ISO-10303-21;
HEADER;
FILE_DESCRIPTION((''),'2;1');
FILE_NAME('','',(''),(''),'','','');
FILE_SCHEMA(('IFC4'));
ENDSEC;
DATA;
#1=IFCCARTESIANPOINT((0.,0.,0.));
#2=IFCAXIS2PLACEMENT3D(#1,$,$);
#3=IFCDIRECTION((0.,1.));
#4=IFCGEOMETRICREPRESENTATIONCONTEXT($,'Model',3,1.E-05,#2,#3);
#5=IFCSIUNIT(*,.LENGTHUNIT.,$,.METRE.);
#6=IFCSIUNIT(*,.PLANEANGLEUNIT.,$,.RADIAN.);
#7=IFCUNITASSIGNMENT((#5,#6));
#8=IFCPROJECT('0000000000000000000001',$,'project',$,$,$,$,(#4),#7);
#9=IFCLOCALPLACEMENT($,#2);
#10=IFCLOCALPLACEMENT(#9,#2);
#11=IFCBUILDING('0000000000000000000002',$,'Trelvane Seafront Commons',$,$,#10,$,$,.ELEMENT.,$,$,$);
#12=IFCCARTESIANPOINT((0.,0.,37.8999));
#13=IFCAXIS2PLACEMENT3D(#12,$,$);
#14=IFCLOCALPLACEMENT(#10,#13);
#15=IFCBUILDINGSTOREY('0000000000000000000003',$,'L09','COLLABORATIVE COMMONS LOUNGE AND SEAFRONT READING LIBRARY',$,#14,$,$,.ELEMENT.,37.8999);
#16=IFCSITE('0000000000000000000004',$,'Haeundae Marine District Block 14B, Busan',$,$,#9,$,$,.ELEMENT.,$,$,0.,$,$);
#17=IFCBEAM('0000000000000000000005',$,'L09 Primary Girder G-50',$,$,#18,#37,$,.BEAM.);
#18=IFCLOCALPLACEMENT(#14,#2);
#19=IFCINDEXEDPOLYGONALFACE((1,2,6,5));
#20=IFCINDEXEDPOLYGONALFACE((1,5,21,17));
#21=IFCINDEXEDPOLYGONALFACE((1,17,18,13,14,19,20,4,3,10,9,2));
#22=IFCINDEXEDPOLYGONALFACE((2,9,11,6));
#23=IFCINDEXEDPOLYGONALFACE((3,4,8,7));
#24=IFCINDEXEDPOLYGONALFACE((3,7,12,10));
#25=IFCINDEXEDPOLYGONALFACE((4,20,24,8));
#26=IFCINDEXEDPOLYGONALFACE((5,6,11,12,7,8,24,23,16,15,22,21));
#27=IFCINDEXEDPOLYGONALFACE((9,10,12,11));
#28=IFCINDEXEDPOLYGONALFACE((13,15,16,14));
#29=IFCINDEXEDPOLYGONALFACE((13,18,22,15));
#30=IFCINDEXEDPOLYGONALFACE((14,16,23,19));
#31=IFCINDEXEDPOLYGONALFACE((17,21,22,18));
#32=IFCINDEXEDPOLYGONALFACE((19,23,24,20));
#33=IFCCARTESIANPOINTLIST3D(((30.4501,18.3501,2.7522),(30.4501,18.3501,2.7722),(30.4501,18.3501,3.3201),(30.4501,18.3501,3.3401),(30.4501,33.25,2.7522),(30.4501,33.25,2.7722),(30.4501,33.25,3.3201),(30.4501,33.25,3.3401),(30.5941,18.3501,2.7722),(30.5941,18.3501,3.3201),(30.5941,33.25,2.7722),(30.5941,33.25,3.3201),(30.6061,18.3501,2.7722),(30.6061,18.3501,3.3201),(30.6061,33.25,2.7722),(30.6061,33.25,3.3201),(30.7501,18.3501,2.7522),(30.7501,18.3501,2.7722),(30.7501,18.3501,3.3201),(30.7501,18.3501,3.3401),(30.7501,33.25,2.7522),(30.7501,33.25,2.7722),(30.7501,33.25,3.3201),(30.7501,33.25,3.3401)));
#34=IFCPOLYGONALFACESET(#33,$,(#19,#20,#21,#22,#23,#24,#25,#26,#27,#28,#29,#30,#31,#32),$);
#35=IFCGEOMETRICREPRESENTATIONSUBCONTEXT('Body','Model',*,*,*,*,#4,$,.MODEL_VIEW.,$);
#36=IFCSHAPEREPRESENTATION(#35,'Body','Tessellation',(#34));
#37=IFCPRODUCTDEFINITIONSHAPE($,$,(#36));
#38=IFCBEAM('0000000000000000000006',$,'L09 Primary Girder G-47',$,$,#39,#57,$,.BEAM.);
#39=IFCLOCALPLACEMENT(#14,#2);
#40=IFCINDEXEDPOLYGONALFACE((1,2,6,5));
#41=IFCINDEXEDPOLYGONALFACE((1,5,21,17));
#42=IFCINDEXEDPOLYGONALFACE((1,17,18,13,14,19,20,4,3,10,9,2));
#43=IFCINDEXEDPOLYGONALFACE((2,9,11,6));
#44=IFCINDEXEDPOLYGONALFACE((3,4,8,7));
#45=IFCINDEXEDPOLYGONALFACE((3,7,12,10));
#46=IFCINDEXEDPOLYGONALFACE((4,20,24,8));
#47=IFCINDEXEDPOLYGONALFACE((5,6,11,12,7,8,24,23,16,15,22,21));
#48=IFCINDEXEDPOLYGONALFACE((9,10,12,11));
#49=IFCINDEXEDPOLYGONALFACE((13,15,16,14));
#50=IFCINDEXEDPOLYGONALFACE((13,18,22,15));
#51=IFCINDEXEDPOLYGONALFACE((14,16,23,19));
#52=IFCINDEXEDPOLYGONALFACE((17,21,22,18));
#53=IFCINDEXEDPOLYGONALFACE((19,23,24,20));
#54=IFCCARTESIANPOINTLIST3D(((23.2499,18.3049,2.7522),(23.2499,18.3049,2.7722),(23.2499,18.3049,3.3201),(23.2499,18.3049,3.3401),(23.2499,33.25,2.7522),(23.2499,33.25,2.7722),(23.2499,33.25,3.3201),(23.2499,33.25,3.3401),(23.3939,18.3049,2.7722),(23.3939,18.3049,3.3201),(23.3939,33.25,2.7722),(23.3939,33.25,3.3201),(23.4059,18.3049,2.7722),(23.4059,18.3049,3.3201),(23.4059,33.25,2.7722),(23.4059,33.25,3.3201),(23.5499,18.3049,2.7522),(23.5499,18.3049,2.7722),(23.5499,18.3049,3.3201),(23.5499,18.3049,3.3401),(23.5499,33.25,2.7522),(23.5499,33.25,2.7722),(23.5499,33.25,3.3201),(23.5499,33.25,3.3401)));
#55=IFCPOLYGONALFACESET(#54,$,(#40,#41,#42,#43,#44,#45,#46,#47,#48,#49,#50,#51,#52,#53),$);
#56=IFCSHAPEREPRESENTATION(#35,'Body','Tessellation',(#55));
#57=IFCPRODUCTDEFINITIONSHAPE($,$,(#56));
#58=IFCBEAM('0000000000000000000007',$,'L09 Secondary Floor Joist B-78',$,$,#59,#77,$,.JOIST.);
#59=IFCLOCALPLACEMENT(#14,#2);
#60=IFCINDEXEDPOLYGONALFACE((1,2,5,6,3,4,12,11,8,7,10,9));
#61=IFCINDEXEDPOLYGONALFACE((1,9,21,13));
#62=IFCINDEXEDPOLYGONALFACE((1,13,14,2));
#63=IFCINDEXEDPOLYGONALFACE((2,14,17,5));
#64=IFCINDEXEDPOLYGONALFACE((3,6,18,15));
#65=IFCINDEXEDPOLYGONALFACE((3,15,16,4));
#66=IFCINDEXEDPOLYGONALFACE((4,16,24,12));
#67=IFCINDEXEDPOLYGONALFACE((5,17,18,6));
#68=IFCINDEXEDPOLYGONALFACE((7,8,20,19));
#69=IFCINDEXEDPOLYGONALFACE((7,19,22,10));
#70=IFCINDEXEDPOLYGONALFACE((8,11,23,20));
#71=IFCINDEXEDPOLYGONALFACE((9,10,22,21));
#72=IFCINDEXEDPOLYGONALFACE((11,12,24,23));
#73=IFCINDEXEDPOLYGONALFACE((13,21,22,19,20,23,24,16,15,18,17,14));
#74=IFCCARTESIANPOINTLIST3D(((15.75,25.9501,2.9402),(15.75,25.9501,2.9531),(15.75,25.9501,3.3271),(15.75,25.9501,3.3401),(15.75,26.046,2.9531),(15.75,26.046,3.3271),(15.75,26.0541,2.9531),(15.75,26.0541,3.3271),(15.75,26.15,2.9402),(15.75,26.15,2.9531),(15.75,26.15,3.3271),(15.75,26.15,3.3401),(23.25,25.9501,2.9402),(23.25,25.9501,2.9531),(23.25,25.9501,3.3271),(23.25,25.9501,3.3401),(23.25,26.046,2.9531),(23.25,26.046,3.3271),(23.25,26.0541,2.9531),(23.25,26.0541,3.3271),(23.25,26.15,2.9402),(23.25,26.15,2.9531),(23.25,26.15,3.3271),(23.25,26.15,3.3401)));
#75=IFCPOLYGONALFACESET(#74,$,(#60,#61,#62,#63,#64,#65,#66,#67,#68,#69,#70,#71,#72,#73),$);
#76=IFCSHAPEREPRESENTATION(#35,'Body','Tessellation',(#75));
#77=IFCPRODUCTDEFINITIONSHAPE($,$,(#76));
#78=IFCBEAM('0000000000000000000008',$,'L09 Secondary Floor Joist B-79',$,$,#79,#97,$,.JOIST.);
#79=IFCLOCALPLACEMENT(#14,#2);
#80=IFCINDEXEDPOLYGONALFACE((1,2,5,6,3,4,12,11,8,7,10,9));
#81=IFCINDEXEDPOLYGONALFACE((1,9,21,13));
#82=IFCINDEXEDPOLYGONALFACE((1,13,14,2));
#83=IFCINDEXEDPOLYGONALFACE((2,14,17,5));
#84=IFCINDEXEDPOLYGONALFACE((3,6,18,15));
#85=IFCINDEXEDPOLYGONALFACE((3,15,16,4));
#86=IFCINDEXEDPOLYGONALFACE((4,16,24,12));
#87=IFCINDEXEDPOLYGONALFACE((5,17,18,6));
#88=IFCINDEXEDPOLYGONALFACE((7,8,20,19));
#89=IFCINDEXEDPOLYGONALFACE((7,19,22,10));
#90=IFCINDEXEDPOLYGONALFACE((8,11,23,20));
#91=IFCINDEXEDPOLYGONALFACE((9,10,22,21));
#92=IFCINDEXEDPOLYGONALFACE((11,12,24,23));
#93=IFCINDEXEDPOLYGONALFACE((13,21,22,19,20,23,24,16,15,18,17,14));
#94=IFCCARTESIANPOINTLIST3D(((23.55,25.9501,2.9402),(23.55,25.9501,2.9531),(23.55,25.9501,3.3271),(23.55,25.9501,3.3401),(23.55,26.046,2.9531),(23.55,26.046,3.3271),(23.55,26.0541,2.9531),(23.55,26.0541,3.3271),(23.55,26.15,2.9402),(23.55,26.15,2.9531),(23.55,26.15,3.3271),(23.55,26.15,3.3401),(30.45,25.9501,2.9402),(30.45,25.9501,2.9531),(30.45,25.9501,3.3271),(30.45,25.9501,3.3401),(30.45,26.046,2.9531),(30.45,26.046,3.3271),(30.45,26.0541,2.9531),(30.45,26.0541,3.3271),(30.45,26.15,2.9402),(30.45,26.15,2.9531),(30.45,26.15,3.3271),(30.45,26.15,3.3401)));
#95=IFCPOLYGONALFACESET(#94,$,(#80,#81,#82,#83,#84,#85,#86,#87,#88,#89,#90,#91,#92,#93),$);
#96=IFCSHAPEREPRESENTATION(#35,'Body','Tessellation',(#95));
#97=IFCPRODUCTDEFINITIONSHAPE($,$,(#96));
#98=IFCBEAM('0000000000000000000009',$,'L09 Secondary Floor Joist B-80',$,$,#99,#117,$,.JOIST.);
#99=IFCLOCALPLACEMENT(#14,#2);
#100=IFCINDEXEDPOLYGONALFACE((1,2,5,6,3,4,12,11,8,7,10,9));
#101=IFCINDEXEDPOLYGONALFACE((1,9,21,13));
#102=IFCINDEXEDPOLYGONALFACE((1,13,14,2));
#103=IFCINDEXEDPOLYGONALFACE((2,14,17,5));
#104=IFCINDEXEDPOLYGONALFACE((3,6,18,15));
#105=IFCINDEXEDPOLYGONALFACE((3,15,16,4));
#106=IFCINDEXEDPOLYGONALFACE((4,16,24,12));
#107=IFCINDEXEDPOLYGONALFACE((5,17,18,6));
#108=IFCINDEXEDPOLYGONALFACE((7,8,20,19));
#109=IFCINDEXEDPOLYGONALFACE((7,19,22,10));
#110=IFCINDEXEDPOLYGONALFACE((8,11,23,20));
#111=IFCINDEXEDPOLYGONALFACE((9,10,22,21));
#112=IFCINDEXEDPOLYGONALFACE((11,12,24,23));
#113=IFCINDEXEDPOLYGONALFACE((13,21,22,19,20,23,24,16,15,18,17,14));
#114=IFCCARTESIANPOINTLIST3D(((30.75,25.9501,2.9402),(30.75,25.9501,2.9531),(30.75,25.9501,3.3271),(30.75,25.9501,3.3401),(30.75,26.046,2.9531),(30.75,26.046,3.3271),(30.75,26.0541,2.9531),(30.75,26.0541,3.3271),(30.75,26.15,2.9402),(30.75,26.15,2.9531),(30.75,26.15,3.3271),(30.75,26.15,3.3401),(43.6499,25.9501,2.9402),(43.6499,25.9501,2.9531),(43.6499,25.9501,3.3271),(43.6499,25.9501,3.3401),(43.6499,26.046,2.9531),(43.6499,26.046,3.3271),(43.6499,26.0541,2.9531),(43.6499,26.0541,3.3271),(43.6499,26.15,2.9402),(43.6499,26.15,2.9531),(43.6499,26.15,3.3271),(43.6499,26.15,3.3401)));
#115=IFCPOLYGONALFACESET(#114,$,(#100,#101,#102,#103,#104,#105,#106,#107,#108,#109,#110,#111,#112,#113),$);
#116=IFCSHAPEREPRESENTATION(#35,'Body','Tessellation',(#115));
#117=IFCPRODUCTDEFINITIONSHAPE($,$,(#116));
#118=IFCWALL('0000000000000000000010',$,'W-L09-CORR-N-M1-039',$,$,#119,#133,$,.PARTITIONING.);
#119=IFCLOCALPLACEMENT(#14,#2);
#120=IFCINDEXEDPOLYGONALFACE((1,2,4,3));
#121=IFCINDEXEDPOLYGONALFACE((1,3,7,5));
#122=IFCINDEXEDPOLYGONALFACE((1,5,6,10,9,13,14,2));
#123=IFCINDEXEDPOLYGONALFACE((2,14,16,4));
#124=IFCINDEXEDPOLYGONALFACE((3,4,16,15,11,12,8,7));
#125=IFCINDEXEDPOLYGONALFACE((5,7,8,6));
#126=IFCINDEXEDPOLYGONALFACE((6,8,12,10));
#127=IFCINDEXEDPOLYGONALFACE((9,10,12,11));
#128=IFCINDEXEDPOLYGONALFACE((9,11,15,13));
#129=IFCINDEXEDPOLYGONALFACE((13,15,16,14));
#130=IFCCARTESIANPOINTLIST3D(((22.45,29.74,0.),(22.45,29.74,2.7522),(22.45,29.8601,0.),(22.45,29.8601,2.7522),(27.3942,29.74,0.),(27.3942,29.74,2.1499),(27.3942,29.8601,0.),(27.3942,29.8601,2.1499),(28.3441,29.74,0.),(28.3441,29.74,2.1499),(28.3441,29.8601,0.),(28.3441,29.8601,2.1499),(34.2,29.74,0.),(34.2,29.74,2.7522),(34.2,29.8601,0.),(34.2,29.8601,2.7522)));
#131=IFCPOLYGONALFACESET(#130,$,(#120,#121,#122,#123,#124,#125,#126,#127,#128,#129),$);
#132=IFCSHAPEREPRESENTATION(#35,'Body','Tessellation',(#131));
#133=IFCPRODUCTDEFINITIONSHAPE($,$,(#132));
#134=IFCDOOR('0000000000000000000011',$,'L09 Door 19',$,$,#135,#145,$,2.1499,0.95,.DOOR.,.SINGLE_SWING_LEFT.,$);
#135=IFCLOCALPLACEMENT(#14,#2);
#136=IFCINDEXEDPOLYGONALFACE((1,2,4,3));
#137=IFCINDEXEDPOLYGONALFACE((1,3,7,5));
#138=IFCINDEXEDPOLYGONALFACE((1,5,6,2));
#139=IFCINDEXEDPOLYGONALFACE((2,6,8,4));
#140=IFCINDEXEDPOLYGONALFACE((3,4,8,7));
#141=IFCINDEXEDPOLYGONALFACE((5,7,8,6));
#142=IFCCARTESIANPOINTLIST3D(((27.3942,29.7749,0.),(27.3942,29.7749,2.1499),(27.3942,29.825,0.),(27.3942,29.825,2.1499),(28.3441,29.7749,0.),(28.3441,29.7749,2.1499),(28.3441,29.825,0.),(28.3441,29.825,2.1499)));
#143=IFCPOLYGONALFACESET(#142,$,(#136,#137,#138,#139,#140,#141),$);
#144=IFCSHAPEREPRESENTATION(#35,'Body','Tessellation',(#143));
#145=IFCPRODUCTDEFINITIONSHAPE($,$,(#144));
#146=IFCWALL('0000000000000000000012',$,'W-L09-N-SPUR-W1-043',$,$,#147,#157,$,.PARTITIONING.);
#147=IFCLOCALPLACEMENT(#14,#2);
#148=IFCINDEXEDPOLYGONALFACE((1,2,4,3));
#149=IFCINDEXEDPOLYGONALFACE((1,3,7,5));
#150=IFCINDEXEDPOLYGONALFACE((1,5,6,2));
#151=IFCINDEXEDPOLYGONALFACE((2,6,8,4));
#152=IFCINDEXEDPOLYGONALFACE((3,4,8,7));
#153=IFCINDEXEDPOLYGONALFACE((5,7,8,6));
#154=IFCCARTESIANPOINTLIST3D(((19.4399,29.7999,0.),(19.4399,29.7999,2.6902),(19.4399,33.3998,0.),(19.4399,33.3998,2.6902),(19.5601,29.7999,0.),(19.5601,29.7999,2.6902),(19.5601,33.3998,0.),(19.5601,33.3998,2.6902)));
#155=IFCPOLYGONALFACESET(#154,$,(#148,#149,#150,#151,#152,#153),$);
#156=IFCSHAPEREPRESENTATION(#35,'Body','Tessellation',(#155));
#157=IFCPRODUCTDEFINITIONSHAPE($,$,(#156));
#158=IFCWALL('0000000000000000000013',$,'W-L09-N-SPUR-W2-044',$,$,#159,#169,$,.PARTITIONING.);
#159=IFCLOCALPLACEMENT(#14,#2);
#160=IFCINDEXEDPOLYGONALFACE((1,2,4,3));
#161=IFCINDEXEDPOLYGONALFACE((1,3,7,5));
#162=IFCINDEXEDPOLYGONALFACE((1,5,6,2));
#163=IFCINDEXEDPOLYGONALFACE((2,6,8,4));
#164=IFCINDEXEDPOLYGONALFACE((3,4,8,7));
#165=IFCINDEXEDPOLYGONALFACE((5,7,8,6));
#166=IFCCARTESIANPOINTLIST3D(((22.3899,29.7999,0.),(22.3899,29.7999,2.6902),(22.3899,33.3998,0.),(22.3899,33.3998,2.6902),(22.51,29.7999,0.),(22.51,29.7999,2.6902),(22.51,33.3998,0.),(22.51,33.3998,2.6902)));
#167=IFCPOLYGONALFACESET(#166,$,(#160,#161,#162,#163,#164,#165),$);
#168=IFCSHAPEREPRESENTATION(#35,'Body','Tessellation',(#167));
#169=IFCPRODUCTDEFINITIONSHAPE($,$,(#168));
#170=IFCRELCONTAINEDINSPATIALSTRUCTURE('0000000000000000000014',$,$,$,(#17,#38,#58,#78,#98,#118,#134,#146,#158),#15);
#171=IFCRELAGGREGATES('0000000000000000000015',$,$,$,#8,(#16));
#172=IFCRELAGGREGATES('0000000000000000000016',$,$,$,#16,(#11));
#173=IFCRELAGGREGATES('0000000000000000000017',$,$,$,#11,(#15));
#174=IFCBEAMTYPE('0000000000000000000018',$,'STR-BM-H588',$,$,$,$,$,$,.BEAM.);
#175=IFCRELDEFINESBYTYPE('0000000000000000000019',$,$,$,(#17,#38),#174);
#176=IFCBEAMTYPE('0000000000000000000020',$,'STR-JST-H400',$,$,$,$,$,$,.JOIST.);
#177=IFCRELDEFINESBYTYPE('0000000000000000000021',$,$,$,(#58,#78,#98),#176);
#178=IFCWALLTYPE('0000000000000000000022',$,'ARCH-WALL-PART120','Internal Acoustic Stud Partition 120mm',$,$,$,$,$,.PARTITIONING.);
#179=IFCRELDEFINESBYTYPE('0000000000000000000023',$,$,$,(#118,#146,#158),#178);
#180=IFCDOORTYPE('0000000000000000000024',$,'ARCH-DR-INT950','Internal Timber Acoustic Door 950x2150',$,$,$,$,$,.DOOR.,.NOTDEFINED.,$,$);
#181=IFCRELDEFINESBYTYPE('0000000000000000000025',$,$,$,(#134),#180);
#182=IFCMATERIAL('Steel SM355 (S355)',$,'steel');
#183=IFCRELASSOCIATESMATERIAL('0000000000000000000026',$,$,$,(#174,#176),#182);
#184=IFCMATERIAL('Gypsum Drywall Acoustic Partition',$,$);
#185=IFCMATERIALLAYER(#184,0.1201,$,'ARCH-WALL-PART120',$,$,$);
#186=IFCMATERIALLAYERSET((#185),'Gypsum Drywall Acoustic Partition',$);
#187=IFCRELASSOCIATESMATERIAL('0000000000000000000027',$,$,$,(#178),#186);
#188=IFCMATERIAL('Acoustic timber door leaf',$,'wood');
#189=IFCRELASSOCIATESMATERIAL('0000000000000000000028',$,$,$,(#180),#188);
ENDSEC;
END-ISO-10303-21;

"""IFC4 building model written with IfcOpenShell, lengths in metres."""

from ifc_helpers import new_model, si_unit, direction, frame, frame_2d, origin, origin_2d, place, context, subcontext, project, spatial, rectangle, i_section, extrude, source, transform, mapped, material, layer, layer_set, material_profile, profile_set, type_object, element, fill, save


model = new_model("IFC4")

# Units and contexts
model_context = context("Model", 3, precision=1e-05, world=origin(), true_north=direction((0.0, 1.0)))
body_context = subcontext(model_context, "Body", "Model", "MODEL_VIEW")
ifc_project = project(units=[si_unit("LENGTHUNIT", "METRE"), si_unit("PLANEANGLEUNIT", "RADIAN")], contexts=[model_context])

# Site, building, storey
site_placement = place(None, origin())
site = spatial("IfcSite", under=ifc_project, at=site_placement, Name="Haeundae Marine District Block 14B, Busan", CompositionType="ELEMENT", RefElevation=0.0)
building_placement = place(site_placement, origin())
building = spatial("IfcBuilding", under=site, at=building_placement, Name="Trelvane Seafront Commons", CompositionType="ELEMENT")
storey_placement = place(building_placement, frame((0.0, 0.0, 37.8999)))
storey = spatial("IfcBuildingStorey", under=building, at=storey_placement, Name="L09", Description="COLLABORATIVE COMMONS LOUNGE AND SEAFRONT READING LIBRARY", CompositionType="ELEMENT", Elevation=37.8999)

# Shared definitions
ifc_material_1 = material(Name="Steel SM355 (S355)", Category="steel")

# Beams
ifc_material_profile_1 = material_profile(ifc_material_1, i_section(OverallWidth=0.3, OverallDepth=0.5879, WebThickness=0.012, FlangeThickness=0.02, at=origin_2d()), Name="H-588x300x12x20")
ifc_profile_set_1 = profile_set([ifc_material_profile_1], Name="Steel SM355 (S355)")
beam_type_1 = type_object("IfcBeamType", Name="STR-BM-H588", PredefinedType="BEAM", material=ifc_profile_set_1)
shared_shape_1 = source(origin(), body_context, "Body", "SweptSolid", [
    extrude(i_section(OverallWidth=0.3, OverallDepth=0.5879, WebThickness=0.012, FlangeThickness=0.02, at=origin_2d()), origin(), (0.0, 0.0, 1.0), 14.8999),
])
for number, where, z_axis, x_axis, name in (
    (1, (30.6001, 18.3501, 3.0461), (0.0, 1.0, 0.0), (-1.0, 0.0, 0.0), "L09 Primary Girder G-50"),
):
    element("IfcBeam", number, at=place(storey_placement, frame(where, z_axis=z_axis, x_axis=x_axis)), inside=storey, type_object=beam_type_1, Name=name, PredefinedType="BEAM", context=body_context, shape_type="MappedRepresentation", body=[
        mapped(shared_shape_1, transform((0.0, 0.0, 0.0), x_axis=(1.0, 0.0, 0.0), y_axis=(0.0, 1.0, 0.0), z_axis=(0.0, 0.0, 1.0), scale=1.0)),
    ])
shared_shape_2 = source(origin(), body_context, "Body", "SweptSolid", [
    extrude(i_section(OverallWidth=0.3, OverallDepth=0.5879, WebThickness=0.012, FlangeThickness=0.02, at=origin_2d()), origin(), (0.0, 0.0, 1.0), 14.9451),
])
beam_1_placement = place(storey_placement, frame((23.3999, 18.3049, 3.0461), z_axis=(0.0, 1.0, 0.0), x_axis=(-1.0, 0.0, 0.0)))
element("IfcBeam", 2, at=beam_1_placement, inside=storey, type_object=beam_type_1, Name="L09 Primary Girder G-47", PredefinedType="BEAM", context=body_context, shape_type="MappedRepresentation", body=[
    mapped(shared_shape_2, transform((0.0, 0.0, 0.0), x_axis=(1.0, 0.0, 0.0), y_axis=(0.0, 1.0, 0.0), z_axis=(0.0, 0.0, 1.0), scale=1.0)),
])
ifc_material_profile_2 = material_profile(ifc_material_1, i_section(OverallWidth=0.2, OverallDepth=0.3999, WebThickness=0.0081, FlangeThickness=0.0129, at=origin_2d()), Name="H-400x200x8x13")
ifc_profile_set_2 = profile_set([ifc_material_profile_2], Name="Steel SM355 (S355)")
beam_type_2 = type_object("IfcBeamType", Name="STR-JST-H400", PredefinedType="JOIST", material=ifc_profile_set_2)
shared_shape_3 = source(origin(), body_context, "Body", "SweptSolid", [
    extrude(i_section(OverallWidth=0.2, OverallDepth=0.3999, WebThickness=0.0081, FlangeThickness=0.0129, at=origin_2d()), origin(), (0.0, 0.0, 1.0), 7.5),
])
beam_2_placement = place(storey_placement, frame((15.75, 26.05, 3.1401), z_axis=(1.0, 0.0, 0.0), x_axis=(0.0, 1.0, 0.0)))
element("IfcBeam", 3, at=beam_2_placement, inside=storey, type_object=beam_type_2, Name="L09 Secondary Floor Joist B-78", PredefinedType="JOIST", context=body_context, shape_type="MappedRepresentation", body=[
    mapped(shared_shape_3, transform((0.0, 0.0, 0.0), x_axis=(1.0, 0.0, 0.0), y_axis=(0.0, 1.0, 0.0), z_axis=(0.0, 0.0, 1.0), scale=1.0)),
])
shared_shape_4 = source(origin(), body_context, "Body", "SweptSolid", [
    extrude(i_section(OverallWidth=0.2, OverallDepth=0.3999, WebThickness=0.0081, FlangeThickness=0.0129, at=origin_2d()), origin(), (0.0, 0.0, 1.0), 6.8999),
])
beam_3_placement = place(storey_placement, frame((23.55, 26.05, 3.1401), z_axis=(1.0, 0.0, 0.0), x_axis=(0.0, 1.0, 0.0)))
element("IfcBeam", 4, at=beam_3_placement, inside=storey, type_object=beam_type_2, Name="L09 Secondary Floor Joist B-79", PredefinedType="JOIST", context=body_context, shape_type="MappedRepresentation", body=[
    mapped(shared_shape_4, transform((0.0, 0.0, 0.0), x_axis=(1.0, 0.0, 0.0), y_axis=(0.0, 1.0, 0.0), z_axis=(0.0, 0.0, 1.0), scale=1.0)),
])
shared_shape_5 = source(origin(), body_context, "Body", "SweptSolid", [
    extrude(i_section(OverallWidth=0.2, OverallDepth=0.3999, WebThickness=0.0081, FlangeThickness=0.0129, at=origin_2d()), origin(), (0.0, 0.0, 1.0), 12.8999),
])
beam_4_placement = place(storey_placement, frame((30.75, 26.05, 3.1401), z_axis=(1.0, 0.0, 0.0), x_axis=(0.0, 1.0, 0.0)))
element("IfcBeam", 5, at=beam_4_placement, inside=storey, type_object=beam_type_2, Name="L09 Secondary Floor Joist B-80", PredefinedType="JOIST", context=body_context, shape_type="MappedRepresentation", body=[
    mapped(shared_shape_5, transform((0.0, 0.0, 0.0), x_axis=(1.0, 0.0, 0.0), y_axis=(0.0, 1.0, 0.0), z_axis=(0.0, 0.0, 1.0), scale=1.0)),
])

# Wall, opening, door
ifc_material_2 = material(Name="Gypsum Drywall Acoustic Partition")
ifc_layer_1 = layer(ifc_material_2, 0.1201, Name="ARCH-WALL-PART120")
ifc_layer_set_1 = layer_set([ifc_layer_1], Name="Gypsum Drywall Acoustic Partition")
wall_type_1 = type_object("IfcWallType", Name="ARCH-WALL-PART120", Description="Internal Acoustic Stud Partition 120mm", PredefinedType="PARTITIONING", material=ifc_layer_set_1)
wall_1_placement = place(storey_placement, frame((22.45, 29.8, 0.0), z_axis=(0.0, 0.0, 1.0), x_axis=(1.0, 0.0, 0.0)))
wall_1 = element("IfcWall", 6, at=wall_1_placement, inside=storey, type_object=wall_type_1, Name="W-L09-CORR-N-M1-039", PredefinedType="PARTITIONING", context=body_context, shape_type="SweptSolid", body=[
    extrude(rectangle(XDim=11.75, YDim=0.1201, at=frame_2d((5.875, 0.0))), origin(), (0.0, 0.0, 1.0), 2.7522),
])
opening_1_placement = place(wall_1_placement, frame((4.9441, 0.0, 0.0)))
opening_1 = element("IfcOpeningElement", 7, at=opening_1_placement, cuts=wall_1, PredefinedType="OPENING", context=body_context, shape_type="SweptSolid", body=[
    extrude(rectangle(XDim=0.95, YDim=2.1499, at=frame_2d((0.4751, 1.075))), frame((0.0, 0.0701, 0.0), z_axis=(0.0, -1.0, 0.0), x_axis=(1.0, 0.0, 0.0)), (0.0, 0.0, 1.0), 0.1401),
])
ifc_material_3 = material(Name="Acoustic timber door leaf", Category="wood")
door_type_1 = type_object("IfcDoorType", Name="ARCH-DR-INT950", Description="Internal Timber Acoustic Door 950x2150", OperationType="NOTDEFINED", PredefinedType="DOOR", material=ifc_material_3)
shared_shape_6 = source(origin(), body_context, "Body", "SweptSolid", [
    extrude(rectangle(XDim=0.95, YDim=2.1499, at=frame_2d((0.4751, 1.075))), frame((0.0, 0.0249, 0.0), z_axis=(0.0, -1.0, 0.0), x_axis=(1.0, 0.0, 0.0)), (0.0, 0.0, 1.0), 0.05),
])
door_1_placement = place(opening_1_placement, origin())
door_1 = element("IfcDoor", 8, at=door_1_placement, inside=storey, type_object=door_type_1, Name="L09 Door 19", OperationType="SINGLE_SWING_LEFT", OverallHeight=2.1499, OverallWidth=0.95, PredefinedType="DOOR", context=body_context, shape_type="MappedRepresentation", body=[
    mapped(shared_shape_6, transform((0.0, 0.0, 0.0), x_axis=(1.0, 0.0, 0.0), y_axis=(0.0, 1.0, 0.0), z_axis=(0.0, 0.0, 1.0), scale=1.0)),
])
fill(opening_1, door_1)

# Walls
for number, where, z_axis, x_axis, name in (
    (9, (19.5, 29.8, 0.0), (0.0, 0.0, 1.0), (0.0, 1.0, 0.0), "W-L09-N-SPUR-W1-043"),
    (10, (22.45, 29.8, 0.0), (0.0, 0.0, 1.0), (0.0, 1.0, 0.0), "W-L09-N-SPUR-W2-044"),
):
    element("IfcWall", number, at=place(storey_placement, frame(where, z_axis=z_axis, x_axis=x_axis)), inside=storey, type_object=wall_type_1, Name=name, PredefinedType="PARTITIONING", context=body_context, shape_type="SweptSolid", body=[
        extrude(rectangle(XDim=3.5999, YDim=0.1201, at=frame_2d((1.7998, 0.0))), origin(), (0.0, 0.0, 1.0), 2.6902),
    ])

save(model, "model.ifc")
